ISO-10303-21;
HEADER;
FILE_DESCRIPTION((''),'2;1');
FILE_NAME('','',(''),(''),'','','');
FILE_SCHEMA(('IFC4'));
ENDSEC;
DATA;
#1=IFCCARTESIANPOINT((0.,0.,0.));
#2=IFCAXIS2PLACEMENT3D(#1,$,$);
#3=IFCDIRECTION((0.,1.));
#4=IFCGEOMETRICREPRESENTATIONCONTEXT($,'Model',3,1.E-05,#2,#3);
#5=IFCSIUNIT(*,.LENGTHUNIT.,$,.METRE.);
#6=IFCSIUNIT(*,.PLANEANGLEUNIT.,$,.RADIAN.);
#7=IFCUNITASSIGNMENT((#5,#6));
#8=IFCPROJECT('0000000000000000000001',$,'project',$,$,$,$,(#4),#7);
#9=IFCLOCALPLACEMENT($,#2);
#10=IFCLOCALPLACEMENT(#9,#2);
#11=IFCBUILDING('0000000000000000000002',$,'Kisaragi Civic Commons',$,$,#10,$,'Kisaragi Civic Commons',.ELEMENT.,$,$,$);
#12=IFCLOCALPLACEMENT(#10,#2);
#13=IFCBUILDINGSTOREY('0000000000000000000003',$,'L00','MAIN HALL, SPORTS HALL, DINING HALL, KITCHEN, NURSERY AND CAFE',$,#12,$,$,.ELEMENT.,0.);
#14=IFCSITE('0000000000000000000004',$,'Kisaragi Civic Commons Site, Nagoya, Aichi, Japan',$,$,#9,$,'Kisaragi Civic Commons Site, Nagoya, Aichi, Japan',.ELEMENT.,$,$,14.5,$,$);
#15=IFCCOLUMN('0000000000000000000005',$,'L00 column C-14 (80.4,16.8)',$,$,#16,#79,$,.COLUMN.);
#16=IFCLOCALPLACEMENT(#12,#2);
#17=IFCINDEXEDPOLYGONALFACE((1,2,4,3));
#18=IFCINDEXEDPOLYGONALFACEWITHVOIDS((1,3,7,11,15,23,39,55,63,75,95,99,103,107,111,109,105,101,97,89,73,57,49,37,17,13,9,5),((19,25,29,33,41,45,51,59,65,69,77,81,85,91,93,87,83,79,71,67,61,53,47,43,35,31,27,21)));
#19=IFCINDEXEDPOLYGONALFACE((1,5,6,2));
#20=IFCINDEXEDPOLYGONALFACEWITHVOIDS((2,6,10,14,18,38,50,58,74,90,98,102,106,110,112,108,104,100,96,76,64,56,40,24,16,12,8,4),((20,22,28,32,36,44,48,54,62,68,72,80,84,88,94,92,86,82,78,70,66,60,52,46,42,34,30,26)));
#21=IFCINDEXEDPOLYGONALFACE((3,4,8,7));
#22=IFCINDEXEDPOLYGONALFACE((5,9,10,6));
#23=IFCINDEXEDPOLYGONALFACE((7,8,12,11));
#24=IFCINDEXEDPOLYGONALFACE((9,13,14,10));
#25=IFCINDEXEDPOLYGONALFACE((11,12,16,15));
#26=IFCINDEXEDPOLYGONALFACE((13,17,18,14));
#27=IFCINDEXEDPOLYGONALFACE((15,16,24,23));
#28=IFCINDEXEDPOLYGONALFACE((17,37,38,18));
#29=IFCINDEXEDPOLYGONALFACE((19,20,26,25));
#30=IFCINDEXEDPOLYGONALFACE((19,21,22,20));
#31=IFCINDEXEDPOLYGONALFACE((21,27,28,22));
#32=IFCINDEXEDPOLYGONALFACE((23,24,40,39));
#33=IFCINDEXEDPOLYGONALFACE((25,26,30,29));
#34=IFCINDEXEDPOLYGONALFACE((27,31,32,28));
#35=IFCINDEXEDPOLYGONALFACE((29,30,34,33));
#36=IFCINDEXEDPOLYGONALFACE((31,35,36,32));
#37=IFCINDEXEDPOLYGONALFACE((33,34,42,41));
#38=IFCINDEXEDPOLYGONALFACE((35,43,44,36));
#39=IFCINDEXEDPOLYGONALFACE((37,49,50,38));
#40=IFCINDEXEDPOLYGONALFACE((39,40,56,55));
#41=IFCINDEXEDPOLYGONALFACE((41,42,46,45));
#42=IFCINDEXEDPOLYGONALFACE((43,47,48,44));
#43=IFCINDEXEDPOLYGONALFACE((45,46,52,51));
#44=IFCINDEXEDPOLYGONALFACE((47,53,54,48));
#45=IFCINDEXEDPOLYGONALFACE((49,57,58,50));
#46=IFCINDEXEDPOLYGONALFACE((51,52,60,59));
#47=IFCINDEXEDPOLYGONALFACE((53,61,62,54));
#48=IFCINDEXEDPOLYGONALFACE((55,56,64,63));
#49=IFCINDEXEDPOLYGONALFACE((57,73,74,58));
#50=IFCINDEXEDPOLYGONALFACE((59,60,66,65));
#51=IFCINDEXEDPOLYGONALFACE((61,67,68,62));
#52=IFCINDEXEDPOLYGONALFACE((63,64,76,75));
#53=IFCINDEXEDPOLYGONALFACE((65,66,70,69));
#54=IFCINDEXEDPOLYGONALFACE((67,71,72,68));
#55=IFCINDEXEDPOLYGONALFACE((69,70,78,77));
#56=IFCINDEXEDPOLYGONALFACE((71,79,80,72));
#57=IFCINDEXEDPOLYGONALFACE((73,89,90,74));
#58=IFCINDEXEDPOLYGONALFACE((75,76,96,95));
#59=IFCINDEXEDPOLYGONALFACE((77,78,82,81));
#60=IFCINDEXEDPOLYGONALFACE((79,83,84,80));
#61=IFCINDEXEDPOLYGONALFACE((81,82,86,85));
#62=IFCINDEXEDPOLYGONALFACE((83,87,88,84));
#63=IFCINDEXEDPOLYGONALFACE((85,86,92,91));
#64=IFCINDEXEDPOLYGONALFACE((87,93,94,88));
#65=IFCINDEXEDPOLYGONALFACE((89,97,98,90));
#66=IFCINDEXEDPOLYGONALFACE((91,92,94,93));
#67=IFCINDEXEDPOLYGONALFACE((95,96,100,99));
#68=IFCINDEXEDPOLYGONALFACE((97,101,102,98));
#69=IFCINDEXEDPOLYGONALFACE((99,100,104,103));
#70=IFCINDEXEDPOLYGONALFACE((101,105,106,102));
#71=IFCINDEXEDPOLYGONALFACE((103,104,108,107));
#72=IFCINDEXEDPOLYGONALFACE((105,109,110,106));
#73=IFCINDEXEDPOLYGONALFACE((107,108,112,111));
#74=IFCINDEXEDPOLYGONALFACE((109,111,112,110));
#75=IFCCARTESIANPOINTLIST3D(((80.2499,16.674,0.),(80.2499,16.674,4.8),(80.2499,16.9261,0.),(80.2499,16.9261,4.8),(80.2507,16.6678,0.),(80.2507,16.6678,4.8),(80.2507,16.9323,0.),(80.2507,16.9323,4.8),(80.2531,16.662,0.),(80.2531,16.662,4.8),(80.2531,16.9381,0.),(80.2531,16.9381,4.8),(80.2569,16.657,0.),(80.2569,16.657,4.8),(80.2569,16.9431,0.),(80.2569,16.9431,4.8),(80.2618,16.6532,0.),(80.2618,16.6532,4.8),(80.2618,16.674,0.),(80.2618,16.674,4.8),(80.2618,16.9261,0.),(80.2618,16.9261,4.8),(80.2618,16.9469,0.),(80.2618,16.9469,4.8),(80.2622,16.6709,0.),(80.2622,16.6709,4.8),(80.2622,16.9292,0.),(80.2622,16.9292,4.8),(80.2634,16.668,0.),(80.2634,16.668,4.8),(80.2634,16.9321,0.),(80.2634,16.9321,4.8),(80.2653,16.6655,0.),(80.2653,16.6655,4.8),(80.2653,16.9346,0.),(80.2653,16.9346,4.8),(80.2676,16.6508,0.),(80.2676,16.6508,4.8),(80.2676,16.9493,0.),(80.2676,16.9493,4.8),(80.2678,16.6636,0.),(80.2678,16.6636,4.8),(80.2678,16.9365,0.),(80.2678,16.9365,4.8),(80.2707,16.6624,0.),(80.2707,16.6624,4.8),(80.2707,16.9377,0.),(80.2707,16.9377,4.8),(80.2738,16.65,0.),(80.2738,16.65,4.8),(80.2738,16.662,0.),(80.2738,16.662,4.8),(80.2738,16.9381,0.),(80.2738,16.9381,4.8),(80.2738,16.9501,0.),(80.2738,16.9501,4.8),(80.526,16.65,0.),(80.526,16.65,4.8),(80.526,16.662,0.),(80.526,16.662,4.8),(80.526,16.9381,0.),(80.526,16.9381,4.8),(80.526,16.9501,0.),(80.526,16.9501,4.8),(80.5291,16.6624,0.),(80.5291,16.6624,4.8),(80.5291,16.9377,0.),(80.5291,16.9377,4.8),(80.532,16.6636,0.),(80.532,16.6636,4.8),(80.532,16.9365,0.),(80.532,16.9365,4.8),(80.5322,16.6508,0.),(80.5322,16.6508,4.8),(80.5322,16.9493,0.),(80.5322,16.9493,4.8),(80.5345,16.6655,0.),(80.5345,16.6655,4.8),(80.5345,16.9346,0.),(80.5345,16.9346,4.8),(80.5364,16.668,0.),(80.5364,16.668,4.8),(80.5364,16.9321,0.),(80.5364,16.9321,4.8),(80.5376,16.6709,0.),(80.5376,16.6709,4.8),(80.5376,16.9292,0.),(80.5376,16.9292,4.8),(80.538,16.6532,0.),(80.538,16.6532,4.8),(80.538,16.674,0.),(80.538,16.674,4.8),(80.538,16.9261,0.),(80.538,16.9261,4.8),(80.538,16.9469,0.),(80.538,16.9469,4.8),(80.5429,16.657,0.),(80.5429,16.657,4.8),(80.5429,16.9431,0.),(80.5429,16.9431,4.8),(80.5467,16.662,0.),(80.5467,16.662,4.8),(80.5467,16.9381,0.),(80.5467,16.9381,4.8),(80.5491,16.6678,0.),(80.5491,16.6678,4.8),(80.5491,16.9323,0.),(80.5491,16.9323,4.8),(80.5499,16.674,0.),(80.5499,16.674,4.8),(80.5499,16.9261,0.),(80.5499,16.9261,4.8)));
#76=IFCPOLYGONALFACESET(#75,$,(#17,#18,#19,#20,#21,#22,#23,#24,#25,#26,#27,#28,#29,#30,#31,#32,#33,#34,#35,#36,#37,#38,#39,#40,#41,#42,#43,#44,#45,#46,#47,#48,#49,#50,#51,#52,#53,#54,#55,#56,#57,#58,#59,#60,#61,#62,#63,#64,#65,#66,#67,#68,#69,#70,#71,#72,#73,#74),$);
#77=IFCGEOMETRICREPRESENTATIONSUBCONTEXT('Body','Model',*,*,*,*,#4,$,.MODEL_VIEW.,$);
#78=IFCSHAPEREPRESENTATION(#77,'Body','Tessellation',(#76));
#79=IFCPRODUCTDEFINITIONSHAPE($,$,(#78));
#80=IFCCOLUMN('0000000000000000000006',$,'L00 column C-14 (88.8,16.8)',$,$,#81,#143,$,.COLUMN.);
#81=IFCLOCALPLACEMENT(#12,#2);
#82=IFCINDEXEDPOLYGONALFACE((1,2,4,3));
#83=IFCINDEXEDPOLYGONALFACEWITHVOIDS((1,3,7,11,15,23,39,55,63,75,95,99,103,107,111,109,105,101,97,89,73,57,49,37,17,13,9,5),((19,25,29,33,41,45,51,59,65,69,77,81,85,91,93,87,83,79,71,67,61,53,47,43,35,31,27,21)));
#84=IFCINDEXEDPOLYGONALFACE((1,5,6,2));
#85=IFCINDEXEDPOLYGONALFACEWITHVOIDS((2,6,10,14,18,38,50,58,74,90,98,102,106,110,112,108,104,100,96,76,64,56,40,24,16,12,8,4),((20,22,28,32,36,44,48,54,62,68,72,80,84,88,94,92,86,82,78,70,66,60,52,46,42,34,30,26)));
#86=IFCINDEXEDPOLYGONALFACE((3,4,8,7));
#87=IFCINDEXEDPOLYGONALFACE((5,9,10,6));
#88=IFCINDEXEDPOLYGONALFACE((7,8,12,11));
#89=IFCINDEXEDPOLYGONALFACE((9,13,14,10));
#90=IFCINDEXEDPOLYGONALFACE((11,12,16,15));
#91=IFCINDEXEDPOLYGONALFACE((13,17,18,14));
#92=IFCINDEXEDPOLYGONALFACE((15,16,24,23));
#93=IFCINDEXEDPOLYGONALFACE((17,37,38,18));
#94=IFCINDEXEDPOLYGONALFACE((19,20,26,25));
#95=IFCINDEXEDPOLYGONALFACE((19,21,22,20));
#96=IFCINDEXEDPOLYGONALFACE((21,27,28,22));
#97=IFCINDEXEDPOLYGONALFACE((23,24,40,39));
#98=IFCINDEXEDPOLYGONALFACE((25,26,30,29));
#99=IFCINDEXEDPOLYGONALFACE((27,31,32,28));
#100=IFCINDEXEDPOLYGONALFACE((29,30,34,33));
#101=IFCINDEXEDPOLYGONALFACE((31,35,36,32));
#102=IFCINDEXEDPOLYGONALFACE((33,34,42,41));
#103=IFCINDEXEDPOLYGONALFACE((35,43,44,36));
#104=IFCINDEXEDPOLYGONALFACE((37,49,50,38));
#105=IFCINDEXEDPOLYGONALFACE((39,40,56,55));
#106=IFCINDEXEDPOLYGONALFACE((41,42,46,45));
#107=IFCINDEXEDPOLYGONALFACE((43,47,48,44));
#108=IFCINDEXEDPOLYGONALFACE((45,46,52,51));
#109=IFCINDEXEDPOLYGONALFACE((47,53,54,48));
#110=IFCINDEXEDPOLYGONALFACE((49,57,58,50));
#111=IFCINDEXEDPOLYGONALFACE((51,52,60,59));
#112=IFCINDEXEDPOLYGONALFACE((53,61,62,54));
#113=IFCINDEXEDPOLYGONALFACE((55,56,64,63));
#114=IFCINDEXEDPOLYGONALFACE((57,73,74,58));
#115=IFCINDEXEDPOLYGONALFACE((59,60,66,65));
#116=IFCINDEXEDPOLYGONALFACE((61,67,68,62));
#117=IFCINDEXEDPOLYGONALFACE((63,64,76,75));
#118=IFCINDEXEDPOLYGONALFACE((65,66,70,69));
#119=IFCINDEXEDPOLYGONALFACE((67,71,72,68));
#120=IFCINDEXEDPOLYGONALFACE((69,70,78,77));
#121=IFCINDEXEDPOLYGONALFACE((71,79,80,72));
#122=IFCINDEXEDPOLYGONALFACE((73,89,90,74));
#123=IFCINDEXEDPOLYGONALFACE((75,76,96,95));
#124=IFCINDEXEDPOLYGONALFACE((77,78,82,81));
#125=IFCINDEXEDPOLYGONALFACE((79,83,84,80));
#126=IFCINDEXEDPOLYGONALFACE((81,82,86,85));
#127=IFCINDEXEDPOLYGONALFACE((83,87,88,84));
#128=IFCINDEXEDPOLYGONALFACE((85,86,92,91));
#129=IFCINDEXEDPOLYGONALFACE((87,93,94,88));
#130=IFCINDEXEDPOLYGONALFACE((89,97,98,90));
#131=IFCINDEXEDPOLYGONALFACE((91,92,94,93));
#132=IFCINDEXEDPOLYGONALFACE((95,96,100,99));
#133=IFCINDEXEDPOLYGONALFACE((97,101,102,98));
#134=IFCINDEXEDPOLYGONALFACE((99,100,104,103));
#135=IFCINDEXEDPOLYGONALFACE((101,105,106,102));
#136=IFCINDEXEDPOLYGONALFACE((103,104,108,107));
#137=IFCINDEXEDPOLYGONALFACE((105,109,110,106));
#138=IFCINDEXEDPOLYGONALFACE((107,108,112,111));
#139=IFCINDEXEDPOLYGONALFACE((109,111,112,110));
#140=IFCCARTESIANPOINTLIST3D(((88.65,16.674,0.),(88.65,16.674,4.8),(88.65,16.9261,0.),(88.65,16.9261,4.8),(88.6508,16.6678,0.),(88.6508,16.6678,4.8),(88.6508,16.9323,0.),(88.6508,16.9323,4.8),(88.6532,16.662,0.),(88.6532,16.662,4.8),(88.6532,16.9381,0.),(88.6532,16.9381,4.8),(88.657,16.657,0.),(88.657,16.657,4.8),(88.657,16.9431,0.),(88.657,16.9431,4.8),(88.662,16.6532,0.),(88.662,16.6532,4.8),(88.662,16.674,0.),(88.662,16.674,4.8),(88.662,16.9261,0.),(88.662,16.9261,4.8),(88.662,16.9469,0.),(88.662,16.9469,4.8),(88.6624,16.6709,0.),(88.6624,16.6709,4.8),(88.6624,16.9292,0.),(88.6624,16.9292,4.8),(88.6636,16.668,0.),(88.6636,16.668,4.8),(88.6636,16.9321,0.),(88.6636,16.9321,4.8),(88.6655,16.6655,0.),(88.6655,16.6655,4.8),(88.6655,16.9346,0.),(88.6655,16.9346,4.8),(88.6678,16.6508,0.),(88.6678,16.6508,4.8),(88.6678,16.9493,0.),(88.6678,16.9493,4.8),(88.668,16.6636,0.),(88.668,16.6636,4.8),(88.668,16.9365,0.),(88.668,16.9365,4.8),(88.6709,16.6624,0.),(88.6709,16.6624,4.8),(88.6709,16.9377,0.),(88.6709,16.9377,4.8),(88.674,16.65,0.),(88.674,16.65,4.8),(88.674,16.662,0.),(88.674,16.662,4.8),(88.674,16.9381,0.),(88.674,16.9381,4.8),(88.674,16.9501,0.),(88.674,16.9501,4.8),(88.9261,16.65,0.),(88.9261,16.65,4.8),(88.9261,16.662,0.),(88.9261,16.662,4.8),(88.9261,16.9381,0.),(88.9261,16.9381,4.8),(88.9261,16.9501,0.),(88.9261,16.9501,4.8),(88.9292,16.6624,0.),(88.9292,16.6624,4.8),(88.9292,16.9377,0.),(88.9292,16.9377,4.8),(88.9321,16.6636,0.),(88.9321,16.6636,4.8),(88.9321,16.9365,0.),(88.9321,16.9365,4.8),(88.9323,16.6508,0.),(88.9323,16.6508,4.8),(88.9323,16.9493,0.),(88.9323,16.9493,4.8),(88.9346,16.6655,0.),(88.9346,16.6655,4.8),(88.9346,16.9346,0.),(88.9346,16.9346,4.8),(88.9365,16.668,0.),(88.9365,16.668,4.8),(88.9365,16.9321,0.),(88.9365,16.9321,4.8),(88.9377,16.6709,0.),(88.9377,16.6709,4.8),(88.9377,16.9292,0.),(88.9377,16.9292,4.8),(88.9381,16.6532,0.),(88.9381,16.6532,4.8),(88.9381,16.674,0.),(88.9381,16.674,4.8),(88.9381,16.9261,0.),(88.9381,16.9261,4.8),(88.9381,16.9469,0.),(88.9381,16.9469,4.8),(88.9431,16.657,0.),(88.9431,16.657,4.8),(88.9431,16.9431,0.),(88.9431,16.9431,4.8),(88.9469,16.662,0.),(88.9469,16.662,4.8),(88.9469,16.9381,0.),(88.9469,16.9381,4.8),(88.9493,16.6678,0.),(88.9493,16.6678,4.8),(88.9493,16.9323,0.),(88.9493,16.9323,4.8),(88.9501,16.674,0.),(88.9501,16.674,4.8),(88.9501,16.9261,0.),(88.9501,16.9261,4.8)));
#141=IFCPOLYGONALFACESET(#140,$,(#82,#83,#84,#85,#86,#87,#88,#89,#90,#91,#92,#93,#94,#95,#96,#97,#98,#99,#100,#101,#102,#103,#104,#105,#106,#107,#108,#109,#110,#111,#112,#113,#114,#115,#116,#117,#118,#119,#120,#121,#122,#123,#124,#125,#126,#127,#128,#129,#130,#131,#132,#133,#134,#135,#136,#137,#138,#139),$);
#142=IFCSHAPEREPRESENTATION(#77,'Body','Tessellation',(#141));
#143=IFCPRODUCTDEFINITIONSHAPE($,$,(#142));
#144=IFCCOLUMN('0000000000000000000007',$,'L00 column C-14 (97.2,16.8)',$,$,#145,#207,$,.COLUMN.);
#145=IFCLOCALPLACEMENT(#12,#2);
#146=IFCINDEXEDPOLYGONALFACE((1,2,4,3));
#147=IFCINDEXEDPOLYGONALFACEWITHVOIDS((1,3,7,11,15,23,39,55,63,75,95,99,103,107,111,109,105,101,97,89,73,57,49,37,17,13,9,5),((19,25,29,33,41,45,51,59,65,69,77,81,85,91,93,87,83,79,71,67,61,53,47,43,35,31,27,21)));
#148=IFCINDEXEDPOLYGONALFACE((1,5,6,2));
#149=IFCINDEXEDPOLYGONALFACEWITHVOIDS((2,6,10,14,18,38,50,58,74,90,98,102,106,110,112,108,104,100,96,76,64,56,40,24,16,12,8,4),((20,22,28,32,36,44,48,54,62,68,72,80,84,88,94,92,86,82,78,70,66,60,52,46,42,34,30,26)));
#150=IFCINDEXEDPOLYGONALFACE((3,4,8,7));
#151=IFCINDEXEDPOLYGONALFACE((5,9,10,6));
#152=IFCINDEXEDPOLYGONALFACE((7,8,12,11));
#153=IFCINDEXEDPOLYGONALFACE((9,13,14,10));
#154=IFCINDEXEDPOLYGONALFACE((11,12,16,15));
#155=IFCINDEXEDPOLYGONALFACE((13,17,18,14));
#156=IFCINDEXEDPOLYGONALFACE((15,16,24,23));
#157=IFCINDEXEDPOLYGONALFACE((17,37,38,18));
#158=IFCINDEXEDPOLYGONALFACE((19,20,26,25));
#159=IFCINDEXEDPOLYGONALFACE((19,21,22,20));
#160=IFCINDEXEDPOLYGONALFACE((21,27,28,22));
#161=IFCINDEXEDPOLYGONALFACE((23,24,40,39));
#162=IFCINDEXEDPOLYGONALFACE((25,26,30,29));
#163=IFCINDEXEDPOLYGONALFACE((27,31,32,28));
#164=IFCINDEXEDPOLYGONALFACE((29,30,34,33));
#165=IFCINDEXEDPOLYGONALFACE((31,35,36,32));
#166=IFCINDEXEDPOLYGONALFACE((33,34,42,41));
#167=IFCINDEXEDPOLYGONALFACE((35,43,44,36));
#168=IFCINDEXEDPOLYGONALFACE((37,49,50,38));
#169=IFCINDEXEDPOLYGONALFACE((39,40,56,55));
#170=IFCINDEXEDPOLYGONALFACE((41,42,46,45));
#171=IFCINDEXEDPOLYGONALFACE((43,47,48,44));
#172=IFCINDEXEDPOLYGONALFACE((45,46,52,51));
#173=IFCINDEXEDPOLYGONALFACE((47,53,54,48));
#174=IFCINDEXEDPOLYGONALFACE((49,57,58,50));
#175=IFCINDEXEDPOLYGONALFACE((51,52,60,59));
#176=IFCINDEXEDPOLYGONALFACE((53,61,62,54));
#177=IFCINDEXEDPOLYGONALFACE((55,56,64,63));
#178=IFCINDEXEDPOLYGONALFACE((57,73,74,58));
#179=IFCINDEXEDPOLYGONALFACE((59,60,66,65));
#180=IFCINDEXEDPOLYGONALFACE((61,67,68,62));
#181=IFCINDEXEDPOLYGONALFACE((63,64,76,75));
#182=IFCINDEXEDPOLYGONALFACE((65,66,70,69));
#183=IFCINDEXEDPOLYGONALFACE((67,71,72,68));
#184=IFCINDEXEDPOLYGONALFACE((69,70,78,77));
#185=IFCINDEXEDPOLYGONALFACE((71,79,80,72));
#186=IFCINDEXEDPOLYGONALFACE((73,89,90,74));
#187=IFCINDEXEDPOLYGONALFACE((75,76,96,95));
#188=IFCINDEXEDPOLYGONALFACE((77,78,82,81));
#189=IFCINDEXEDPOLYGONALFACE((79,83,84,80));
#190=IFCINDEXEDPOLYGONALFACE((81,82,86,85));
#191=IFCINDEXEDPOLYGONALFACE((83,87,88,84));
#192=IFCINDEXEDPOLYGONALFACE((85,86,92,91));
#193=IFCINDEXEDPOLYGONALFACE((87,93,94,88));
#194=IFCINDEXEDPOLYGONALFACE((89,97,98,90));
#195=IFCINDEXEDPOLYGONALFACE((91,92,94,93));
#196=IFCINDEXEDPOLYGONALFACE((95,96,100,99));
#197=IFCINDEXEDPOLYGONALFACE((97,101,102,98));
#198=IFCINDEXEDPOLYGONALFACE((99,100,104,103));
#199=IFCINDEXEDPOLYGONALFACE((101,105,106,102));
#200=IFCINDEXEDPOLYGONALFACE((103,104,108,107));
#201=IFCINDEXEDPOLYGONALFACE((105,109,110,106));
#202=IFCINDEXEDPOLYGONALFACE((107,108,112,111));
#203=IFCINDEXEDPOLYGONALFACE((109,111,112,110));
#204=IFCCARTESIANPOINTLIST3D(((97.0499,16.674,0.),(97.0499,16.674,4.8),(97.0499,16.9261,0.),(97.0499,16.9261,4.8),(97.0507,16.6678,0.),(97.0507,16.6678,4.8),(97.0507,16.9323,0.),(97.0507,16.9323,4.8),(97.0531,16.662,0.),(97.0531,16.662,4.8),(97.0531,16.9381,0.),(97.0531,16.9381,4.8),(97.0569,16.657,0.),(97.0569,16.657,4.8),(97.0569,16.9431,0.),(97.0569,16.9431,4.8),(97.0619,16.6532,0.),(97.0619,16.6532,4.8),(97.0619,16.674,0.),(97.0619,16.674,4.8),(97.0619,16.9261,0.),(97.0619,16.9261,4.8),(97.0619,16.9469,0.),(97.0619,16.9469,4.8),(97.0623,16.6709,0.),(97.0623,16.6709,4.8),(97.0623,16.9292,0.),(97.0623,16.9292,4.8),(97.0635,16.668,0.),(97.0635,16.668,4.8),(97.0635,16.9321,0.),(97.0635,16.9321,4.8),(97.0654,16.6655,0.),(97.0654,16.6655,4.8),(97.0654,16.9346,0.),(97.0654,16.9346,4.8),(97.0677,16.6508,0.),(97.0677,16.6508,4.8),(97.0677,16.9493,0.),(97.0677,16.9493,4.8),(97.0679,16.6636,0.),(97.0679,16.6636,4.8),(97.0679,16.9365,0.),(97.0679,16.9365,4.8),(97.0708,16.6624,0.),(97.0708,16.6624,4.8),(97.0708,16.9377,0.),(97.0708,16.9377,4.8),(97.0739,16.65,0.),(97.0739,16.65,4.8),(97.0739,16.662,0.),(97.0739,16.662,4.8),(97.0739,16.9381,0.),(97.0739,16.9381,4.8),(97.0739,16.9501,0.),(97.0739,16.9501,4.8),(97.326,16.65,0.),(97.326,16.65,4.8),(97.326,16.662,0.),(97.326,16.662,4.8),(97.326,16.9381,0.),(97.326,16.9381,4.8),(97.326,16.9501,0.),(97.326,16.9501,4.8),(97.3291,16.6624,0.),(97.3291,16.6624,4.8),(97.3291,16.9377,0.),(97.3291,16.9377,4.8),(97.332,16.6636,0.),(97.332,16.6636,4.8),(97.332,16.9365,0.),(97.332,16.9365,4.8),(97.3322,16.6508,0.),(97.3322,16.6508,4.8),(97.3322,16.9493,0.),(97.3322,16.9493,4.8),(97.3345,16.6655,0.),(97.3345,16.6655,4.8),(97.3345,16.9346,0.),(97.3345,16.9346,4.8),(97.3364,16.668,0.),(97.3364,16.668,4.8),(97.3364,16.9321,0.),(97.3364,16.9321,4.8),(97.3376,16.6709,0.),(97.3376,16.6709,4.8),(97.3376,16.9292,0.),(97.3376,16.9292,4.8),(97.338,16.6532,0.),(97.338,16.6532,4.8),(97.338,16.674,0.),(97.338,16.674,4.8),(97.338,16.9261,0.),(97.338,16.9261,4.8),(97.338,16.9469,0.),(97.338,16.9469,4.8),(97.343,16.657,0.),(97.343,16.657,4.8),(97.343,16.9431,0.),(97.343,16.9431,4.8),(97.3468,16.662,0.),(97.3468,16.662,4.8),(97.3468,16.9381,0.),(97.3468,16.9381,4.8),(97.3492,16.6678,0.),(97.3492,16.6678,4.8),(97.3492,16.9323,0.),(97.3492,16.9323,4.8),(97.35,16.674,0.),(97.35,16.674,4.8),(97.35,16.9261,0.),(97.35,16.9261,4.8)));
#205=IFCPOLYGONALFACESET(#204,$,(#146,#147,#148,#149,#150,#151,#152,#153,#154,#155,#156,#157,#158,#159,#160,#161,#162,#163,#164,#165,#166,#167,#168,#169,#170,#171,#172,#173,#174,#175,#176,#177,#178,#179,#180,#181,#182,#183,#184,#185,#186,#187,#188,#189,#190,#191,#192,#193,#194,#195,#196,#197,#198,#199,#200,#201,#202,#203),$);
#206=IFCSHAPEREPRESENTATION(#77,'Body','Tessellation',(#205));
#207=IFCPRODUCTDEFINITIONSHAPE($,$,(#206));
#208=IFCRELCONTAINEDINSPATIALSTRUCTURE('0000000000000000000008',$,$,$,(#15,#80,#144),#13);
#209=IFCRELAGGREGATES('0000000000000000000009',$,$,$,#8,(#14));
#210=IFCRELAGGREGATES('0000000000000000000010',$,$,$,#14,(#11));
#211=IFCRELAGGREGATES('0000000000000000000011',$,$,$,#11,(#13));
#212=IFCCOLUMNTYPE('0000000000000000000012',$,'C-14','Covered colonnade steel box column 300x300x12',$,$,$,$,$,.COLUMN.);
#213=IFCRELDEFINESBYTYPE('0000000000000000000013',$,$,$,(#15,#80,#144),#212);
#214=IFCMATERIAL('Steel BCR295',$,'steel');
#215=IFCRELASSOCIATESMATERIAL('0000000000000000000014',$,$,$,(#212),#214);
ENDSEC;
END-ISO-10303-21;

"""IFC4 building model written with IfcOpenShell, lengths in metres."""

from ifc_helpers import new_model, si_unit, direction, frame, origin, origin_2d, place, context, subcontext, project, spatial, hollow_rectangle, extrude, material, material_profile, profile_set, type_object, element, save


model = new_model("IFC4")

# Units and contexts
model_context = context("Model", 3, precision=1e-05, world=origin(), true_north=direction((0.0, 1.0)))
body_context = subcontext(model_context, "Body", "Model", "MODEL_VIEW")
ifc_project = project(units=[si_unit("LENGTHUNIT", "METRE"), si_unit("PLANEANGLEUNIT", "RADIAN")], contexts=[model_context])

# Site, building, storey
site_placement = place(None, origin())
site = spatial("IfcSite", under=ifc_project, at=site_placement, Name="Kisaragi Civic Commons Site, Nagoya, Aichi, Japan", LongName="Kisaragi Civic Commons Site, Nagoya, Aichi, Japan", CompositionType="ELEMENT", RefElevation=14.5)
building_placement = place(site_placement, origin())
building = spatial("IfcBuilding", under=site, at=building_placement, Name="Kisaragi Civic Commons", LongName="Kisaragi Civic Commons", CompositionType="ELEMENT")
storey_placement = place(building_placement, origin())
storey = spatial("IfcBuildingStorey", under=building, at=storey_placement, Name="L00", Description="MAIN HALL, SPORTS HALL, DINING HALL, KITCHEN, NURSERY AND CAFE", CompositionType="ELEMENT", Elevation=0.0)

# Columns
ifc_material_1 = material(Name="Steel BCR295", Category="steel")
ifc_material_profile_1 = material_profile(ifc_material_1, hollow_rectangle(XDim=0.3, YDim=0.3, WallThickness=0.012, InnerFilletRadius=0.012, OuterFilletRadius=0.0239, at=origin_2d()), Name="BCR-300x300x12", Category="steel")
ifc_profile_set_1 = profile_set([ifc_material_profile_1], Name="Steel BCR295")
column_type = type_object("IfcColumnType", Name="C-14", Description="Covered colonnade steel box column 300x300x12", PredefinedType="COLUMN", material=ifc_profile_set_1)
for number, where, z_axis, x_axis, name in (
    (1, (80.3999, 16.8, 0.0), (0.0, 0.0, 1.0), (1.0, 0.0, 0.0), "L00 column C-14 (80.4,16.8)"),
    (2, (88.8, 16.8, 0.0), (0.0, 0.0, 1.0), (1.0, 0.0, 0.0), "L00 column C-14 (88.8,16.8)"),
    (3, (97.2, 16.8, 0.0), (0.0, 0.0, 1.0), (1.0, 0.0, 0.0), "L00 column C-14 (97.2,16.8)"),
):
    element("IfcColumn", number, at=place(storey_placement, frame(where, z_axis=z_axis, x_axis=x_axis)), inside=storey, type_object=column_type, Name=name, PredefinedType="COLUMN", context=body_context, shape_type="SweptSolid", body=[
        extrude(hollow_rectangle(XDim=0.3, YDim=0.3, WallThickness=0.012, InnerFilletRadius=0.012, OuterFilletRadius=0.0239, at=origin_2d()), origin(), (0.0, 0.0, 1.0), 4.8),
    ])

save(model, "model.ifc")
